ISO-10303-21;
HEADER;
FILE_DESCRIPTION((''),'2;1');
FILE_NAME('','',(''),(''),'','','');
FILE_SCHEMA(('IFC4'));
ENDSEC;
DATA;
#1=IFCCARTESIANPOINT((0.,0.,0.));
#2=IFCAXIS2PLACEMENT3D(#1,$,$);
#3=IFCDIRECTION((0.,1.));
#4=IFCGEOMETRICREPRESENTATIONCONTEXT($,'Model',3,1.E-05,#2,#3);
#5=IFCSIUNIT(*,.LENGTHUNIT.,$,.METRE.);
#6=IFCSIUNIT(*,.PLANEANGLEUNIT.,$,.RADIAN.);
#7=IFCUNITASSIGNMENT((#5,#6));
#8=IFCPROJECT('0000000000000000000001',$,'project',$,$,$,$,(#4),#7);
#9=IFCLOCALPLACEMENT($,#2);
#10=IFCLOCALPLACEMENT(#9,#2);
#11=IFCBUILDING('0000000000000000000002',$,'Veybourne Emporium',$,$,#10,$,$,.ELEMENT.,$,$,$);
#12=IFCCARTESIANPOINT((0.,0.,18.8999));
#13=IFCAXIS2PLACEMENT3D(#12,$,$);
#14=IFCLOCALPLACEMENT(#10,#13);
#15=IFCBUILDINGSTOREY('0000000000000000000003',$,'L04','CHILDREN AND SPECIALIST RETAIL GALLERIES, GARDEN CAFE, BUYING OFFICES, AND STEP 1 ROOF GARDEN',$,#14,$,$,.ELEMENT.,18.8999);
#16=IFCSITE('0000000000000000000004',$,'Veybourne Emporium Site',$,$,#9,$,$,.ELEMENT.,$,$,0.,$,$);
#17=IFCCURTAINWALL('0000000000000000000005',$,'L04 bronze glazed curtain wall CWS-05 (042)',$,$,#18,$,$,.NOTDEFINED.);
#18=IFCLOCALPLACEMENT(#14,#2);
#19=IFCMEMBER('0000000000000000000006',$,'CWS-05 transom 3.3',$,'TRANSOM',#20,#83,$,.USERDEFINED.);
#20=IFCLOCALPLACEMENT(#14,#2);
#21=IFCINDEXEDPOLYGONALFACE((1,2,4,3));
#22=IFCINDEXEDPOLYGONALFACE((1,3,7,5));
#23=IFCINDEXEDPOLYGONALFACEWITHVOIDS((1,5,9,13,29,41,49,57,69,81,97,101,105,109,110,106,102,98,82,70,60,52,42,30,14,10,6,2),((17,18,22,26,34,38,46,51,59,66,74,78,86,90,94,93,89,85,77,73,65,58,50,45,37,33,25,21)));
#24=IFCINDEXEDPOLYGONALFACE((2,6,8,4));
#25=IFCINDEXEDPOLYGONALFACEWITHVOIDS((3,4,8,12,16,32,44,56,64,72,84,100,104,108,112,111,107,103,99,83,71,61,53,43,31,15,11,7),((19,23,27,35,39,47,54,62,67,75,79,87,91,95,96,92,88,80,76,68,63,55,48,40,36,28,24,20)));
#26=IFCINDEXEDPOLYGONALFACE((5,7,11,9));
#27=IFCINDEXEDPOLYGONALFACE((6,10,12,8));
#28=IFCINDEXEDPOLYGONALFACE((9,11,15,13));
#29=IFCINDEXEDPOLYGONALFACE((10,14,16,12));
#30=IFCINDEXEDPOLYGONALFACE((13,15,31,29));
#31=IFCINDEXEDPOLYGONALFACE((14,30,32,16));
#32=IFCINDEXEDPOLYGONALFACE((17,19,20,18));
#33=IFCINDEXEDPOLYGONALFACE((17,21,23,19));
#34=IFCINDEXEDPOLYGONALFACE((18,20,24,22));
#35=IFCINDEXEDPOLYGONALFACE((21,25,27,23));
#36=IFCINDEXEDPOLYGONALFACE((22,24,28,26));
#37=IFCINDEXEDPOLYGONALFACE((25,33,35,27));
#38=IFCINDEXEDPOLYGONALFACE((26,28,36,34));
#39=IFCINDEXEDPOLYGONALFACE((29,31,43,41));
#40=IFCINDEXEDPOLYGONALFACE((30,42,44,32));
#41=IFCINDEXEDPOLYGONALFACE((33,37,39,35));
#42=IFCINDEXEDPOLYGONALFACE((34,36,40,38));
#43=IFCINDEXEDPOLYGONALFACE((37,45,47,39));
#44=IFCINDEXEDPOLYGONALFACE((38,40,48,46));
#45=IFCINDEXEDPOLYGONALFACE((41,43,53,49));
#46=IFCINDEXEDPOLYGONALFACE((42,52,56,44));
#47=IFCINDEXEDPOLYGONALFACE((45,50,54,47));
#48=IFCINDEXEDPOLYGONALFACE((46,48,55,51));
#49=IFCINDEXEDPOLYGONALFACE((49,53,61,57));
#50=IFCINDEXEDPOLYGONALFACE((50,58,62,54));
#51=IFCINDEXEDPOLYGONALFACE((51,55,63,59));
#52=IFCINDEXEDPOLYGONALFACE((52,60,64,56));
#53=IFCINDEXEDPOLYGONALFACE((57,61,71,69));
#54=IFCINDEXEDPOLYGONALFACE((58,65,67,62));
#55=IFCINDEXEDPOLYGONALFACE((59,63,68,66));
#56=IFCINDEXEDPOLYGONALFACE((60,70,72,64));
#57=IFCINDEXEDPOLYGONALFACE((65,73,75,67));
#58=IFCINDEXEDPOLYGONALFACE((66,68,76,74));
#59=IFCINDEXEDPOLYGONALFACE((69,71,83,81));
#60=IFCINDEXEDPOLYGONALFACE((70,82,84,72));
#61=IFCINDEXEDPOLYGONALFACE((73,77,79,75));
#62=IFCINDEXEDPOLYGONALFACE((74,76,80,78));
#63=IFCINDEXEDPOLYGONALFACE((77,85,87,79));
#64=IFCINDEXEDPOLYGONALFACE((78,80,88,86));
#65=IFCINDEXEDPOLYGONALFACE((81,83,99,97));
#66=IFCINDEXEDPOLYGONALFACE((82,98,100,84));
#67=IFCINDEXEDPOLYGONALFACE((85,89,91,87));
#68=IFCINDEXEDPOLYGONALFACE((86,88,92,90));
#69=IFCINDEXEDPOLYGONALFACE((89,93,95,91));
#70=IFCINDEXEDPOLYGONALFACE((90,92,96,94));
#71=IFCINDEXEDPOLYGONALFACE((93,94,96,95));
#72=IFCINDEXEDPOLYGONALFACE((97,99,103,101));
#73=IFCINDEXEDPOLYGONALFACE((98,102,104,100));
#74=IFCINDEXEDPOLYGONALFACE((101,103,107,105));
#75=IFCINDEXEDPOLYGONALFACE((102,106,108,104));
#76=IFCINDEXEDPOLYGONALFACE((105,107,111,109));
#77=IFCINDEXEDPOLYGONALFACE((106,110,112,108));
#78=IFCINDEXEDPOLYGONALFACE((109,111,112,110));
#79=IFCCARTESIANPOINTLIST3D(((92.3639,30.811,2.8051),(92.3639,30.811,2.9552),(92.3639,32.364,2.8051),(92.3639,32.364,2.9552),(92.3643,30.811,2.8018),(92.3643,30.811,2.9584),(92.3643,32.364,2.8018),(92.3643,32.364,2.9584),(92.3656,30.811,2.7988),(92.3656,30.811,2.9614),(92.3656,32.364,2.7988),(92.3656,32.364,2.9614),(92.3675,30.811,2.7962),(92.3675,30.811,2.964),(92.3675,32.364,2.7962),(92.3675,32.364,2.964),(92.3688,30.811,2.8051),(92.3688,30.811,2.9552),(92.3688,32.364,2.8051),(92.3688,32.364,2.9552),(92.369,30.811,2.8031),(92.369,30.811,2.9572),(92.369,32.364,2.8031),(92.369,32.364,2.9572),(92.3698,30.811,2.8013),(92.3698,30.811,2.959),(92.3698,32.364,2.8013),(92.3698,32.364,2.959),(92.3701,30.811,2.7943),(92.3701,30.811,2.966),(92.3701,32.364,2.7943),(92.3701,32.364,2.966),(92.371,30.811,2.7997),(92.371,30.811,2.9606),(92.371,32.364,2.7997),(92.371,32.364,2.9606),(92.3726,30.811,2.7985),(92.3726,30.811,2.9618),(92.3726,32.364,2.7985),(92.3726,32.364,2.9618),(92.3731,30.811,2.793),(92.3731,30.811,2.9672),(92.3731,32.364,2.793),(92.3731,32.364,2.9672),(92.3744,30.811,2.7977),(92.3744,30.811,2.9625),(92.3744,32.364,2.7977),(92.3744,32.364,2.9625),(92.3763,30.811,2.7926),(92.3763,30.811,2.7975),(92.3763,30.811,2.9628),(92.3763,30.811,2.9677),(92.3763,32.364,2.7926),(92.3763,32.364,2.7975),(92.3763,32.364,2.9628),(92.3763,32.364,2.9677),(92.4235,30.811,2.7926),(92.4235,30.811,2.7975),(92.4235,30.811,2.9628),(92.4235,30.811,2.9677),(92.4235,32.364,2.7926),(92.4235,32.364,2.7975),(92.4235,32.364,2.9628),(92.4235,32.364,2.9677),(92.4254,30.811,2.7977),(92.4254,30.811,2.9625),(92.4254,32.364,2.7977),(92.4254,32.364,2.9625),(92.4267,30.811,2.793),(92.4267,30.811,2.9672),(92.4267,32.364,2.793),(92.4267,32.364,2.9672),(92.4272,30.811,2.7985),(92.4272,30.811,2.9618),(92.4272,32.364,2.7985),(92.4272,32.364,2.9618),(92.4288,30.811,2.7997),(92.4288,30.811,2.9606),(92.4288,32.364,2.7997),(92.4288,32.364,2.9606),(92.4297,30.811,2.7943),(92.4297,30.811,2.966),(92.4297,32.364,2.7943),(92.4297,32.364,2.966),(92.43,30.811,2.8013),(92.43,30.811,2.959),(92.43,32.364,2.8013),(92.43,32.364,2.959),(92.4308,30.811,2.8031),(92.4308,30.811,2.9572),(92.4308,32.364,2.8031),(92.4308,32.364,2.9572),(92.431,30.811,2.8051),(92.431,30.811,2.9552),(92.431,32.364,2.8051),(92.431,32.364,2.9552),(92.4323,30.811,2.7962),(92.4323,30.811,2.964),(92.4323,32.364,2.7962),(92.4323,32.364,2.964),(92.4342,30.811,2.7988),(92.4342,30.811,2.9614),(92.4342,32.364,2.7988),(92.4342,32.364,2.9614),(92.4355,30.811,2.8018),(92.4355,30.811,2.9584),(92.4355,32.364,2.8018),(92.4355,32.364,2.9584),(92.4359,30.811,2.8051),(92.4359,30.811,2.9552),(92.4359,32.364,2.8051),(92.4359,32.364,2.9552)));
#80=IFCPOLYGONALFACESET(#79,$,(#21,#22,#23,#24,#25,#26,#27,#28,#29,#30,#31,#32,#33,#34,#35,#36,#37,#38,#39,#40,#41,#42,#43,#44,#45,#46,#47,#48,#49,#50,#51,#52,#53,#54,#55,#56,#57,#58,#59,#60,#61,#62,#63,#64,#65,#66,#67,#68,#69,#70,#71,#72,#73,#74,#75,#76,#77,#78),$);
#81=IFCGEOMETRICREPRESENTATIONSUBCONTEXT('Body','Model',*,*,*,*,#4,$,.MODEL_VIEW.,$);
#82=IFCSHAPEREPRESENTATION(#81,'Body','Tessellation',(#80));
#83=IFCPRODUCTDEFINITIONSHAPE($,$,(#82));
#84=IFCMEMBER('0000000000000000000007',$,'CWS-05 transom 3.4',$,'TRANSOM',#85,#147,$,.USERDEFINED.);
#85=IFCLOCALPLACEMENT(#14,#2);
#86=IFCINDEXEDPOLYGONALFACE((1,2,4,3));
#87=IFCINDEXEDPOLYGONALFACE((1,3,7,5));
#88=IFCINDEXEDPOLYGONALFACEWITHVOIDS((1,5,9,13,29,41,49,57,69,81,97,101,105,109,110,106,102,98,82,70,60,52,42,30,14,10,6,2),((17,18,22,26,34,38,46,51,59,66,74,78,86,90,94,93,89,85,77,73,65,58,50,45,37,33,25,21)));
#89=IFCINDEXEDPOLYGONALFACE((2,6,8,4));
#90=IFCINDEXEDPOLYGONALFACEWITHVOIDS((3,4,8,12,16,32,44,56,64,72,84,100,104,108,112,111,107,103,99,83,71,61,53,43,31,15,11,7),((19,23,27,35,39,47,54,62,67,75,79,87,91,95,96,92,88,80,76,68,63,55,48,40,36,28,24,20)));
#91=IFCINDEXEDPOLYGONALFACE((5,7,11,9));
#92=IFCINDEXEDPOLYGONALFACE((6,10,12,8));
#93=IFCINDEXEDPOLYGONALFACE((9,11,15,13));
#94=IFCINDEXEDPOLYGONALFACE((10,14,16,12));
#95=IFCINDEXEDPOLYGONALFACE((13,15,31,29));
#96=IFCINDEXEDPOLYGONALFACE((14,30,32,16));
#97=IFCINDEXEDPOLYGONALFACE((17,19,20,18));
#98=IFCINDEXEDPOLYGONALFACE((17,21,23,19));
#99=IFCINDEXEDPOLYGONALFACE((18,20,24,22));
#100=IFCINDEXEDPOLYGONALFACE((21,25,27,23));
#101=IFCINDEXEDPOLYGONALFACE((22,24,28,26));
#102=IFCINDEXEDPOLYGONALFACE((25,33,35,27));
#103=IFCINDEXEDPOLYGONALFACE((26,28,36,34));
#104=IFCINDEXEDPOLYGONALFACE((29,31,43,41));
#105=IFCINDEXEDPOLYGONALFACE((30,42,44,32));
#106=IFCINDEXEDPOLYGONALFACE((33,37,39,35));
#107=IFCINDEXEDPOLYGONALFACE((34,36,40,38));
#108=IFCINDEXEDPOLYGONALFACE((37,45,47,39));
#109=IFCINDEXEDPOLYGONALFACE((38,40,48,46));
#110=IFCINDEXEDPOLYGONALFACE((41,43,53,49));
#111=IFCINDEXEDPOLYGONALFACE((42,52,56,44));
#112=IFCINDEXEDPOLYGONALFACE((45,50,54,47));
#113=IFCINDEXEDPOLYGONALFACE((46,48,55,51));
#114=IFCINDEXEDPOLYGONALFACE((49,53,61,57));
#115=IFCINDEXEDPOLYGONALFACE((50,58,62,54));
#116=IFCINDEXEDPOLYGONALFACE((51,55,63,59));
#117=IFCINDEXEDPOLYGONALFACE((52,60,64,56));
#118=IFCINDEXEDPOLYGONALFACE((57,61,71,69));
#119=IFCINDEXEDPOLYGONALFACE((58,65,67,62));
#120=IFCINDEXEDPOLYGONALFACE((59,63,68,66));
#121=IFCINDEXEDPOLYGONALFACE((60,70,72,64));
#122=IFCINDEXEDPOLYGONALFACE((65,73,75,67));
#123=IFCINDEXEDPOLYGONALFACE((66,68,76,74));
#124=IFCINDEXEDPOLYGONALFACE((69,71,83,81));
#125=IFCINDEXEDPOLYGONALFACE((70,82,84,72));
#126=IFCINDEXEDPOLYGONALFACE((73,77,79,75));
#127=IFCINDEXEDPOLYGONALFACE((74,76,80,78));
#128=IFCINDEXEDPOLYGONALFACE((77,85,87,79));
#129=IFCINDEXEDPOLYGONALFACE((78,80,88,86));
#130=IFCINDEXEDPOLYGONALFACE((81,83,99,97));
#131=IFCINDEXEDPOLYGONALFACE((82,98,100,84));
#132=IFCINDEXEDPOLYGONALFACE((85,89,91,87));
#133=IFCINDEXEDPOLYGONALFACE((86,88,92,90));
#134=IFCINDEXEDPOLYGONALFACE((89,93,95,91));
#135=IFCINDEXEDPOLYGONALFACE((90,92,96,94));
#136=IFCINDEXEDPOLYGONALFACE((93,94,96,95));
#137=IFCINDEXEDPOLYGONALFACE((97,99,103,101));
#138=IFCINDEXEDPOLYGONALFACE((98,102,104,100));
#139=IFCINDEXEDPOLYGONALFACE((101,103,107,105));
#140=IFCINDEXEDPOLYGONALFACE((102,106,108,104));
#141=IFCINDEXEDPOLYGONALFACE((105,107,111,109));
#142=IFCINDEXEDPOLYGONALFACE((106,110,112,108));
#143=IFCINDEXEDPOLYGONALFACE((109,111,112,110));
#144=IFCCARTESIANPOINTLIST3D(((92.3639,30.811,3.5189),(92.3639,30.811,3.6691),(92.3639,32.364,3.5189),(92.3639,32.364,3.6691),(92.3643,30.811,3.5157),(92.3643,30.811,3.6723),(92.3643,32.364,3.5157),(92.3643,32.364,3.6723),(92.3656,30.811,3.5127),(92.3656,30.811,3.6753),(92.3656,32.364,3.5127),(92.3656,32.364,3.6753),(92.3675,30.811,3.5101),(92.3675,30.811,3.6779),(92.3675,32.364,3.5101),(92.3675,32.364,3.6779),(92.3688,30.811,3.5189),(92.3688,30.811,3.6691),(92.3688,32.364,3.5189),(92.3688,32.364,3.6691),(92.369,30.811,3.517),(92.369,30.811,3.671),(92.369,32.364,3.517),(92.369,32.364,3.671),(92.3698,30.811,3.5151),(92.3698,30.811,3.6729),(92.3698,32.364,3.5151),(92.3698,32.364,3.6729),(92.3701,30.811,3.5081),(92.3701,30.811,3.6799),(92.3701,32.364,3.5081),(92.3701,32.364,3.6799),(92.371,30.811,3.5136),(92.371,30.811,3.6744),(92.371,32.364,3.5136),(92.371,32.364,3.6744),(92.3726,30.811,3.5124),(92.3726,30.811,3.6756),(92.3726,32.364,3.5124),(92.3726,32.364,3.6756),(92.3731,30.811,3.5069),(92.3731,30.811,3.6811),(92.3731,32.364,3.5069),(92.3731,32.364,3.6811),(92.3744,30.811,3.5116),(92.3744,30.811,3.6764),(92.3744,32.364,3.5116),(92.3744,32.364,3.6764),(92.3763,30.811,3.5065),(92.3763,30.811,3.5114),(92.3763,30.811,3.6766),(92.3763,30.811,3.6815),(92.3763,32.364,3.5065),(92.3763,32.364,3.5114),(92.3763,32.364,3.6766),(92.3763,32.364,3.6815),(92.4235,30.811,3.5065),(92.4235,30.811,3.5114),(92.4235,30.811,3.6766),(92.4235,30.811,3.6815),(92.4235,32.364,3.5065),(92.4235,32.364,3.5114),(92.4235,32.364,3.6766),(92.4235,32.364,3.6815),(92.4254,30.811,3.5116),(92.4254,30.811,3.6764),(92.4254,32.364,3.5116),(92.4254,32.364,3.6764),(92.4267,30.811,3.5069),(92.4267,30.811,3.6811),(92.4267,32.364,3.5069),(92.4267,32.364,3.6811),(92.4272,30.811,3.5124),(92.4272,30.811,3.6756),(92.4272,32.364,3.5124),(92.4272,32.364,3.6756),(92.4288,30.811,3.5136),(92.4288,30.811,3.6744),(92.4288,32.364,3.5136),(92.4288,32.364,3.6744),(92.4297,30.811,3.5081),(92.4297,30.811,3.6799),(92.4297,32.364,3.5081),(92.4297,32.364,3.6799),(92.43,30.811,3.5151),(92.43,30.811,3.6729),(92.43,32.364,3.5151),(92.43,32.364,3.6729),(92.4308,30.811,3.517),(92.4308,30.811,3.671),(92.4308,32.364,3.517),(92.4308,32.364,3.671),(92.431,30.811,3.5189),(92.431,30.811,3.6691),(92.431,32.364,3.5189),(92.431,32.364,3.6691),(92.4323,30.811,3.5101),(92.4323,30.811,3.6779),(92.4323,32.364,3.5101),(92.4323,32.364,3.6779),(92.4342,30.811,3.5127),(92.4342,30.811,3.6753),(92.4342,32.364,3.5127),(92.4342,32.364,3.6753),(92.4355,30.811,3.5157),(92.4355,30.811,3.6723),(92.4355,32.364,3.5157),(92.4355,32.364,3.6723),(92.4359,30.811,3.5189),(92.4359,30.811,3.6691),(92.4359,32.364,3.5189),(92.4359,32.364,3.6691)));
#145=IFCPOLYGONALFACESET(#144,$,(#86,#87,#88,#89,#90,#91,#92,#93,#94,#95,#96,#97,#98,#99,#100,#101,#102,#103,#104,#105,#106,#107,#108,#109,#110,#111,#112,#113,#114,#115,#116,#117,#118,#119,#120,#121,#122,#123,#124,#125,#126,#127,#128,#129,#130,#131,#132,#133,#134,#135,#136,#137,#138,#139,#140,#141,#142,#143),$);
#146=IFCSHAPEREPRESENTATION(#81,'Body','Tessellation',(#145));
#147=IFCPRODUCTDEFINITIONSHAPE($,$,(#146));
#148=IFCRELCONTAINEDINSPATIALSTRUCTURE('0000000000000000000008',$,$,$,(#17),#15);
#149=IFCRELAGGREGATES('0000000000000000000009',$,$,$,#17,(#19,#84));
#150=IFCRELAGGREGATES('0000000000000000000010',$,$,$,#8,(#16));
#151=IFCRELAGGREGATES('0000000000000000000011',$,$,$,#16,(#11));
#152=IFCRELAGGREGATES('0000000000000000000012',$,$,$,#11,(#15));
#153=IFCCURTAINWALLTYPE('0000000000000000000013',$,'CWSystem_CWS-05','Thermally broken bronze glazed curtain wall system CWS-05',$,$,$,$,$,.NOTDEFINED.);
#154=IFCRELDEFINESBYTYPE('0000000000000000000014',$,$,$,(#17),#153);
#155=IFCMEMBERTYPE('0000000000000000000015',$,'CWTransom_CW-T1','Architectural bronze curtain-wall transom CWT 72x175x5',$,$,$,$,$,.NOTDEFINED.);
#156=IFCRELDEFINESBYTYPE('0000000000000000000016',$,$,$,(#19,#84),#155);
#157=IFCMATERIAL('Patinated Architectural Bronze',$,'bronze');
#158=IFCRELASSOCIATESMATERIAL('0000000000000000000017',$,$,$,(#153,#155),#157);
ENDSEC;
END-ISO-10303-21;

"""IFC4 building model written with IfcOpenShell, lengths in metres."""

from ifc_helpers import new_model, si_unit, direction, frame, origin, origin_2d, place, context, subcontext, project, spatial, hollow_rectangle, extrude, material, material_profile, profile_set, type_object, element, aggregate, save


model = new_model("IFC4")

# Units and contexts
model_context = context("Model", 3, precision=1e-05, world=origin(), true_north=direction((0.0, 1.0)))
body_context = subcontext(model_context, "Body", "Model", "MODEL_VIEW")
ifc_project = project(units=[si_unit("LENGTHUNIT", "METRE"), si_unit("PLANEANGLEUNIT", "RADIAN")], contexts=[model_context])

# Site, building, storey
site_placement = place(None, origin())
site = spatial("IfcSite", under=ifc_project, at=site_placement, Name="Veybourne Emporium Site", CompositionType="ELEMENT", RefElevation=0.0)
building_placement = place(site_placement, origin())
building = spatial("IfcBuilding", under=site, at=building_placement, Name="Veybourne Emporium", CompositionType="ELEMENT")
storey_placement = place(building_placement, frame((0.0, 0.0, 18.8999)))
storey = spatial("IfcBuildingStorey", under=building, at=storey_placement, Name="L04", Description="CHILDREN AND SPECIALIST RETAIL GALLERIES, GARDEN CAFE, BUYING OFFICES, AND STEP 1 ROOF GARDEN", CompositionType="ELEMENT", Elevation=18.8999)

# Curtain wall, members
ifc_material_1 = material(Name="Patinated Architectural Bronze", Category="bronze")
curtain_wall_type = type_object("IfcCurtainWallType", Name="CWSystem_CWS-05", Description="Thermally broken bronze glazed curtain wall system CWS-05", PredefinedType="NOTDEFINED", material=ifc_material_1)
curtain_wall_placement = place(storey_placement, origin())
curtain_wall = element("IfcCurtainWall", 1, at=curtain_wall_placement, inside=storey, type_object=curtain_wall_type, Name="L04 bronze glazed curtain wall CWS-05 (042)", PredefinedType="NOTDEFINED")
ifc_material_profile_1 = material_profile(ifc_material_1, hollow_rectangle(XDim=0.072, YDim=0.175, WallThickness=0.0049, InnerFilletRadius=0.0076, OuterFilletRadius=0.0125, at=origin_2d()), Name="CWT 72x175x5")
ifc_profile_set_1 = profile_set([ifc_material_profile_1], Name="Patinated Architectural Bronze")
member_type_1 = type_object("IfcMemberType", Name="CWTransom_CW-T1", Description="Architectural bronze curtain-wall transom CWT 72x175x5", PredefinedType="NOTDEFINED", material=ifc_profile_set_1)
member_1_placement = place(storey_placement, frame((92.3999, 32.364, 2.8801), z_axis=(0.0, -1.0, 0.0), x_axis=(1.0, 0.0, 0.0)))
member_1 = element("IfcMember", 2, at=member_1_placement, type_object=member_type_1, Name="CWS-05 transom 3.3", ObjectType="TRANSOM", PredefinedType="USERDEFINED", context=body_context, shape_type="SweptSolid", body=[
    extrude(hollow_rectangle(XDim=0.072, YDim=0.175, WallThickness=0.0049, InnerFilletRadius=0.0076, OuterFilletRadius=0.0125, at=origin_2d()), origin(), (0.0, 0.0, 1.0), 1.553),
])
member_2_placement = place(storey_placement, frame((92.3999, 32.364, 3.594), z_axis=(0.0, -1.0, 0.0), x_axis=(1.0, 0.0, 0.0)))
member_2 = element("IfcMember", 3, at=member_2_placement, type_object=member_type_1, Name="CWS-05 transom 3.4", ObjectType="TRANSOM", PredefinedType="USERDEFINED", context=body_context, shape_type="SweptSolid", body=[
    extrude(hollow_rectangle(XDim=0.072, YDim=0.175, WallThickness=0.0049, InnerFilletRadius=0.0076, OuterFilletRadius=0.0125, at=origin_2d()), origin(), (0.0, 0.0, 1.0), 1.553),
])
aggregate(curtain_wall, [member_1, member_2])

save(model, "model.ifc")
